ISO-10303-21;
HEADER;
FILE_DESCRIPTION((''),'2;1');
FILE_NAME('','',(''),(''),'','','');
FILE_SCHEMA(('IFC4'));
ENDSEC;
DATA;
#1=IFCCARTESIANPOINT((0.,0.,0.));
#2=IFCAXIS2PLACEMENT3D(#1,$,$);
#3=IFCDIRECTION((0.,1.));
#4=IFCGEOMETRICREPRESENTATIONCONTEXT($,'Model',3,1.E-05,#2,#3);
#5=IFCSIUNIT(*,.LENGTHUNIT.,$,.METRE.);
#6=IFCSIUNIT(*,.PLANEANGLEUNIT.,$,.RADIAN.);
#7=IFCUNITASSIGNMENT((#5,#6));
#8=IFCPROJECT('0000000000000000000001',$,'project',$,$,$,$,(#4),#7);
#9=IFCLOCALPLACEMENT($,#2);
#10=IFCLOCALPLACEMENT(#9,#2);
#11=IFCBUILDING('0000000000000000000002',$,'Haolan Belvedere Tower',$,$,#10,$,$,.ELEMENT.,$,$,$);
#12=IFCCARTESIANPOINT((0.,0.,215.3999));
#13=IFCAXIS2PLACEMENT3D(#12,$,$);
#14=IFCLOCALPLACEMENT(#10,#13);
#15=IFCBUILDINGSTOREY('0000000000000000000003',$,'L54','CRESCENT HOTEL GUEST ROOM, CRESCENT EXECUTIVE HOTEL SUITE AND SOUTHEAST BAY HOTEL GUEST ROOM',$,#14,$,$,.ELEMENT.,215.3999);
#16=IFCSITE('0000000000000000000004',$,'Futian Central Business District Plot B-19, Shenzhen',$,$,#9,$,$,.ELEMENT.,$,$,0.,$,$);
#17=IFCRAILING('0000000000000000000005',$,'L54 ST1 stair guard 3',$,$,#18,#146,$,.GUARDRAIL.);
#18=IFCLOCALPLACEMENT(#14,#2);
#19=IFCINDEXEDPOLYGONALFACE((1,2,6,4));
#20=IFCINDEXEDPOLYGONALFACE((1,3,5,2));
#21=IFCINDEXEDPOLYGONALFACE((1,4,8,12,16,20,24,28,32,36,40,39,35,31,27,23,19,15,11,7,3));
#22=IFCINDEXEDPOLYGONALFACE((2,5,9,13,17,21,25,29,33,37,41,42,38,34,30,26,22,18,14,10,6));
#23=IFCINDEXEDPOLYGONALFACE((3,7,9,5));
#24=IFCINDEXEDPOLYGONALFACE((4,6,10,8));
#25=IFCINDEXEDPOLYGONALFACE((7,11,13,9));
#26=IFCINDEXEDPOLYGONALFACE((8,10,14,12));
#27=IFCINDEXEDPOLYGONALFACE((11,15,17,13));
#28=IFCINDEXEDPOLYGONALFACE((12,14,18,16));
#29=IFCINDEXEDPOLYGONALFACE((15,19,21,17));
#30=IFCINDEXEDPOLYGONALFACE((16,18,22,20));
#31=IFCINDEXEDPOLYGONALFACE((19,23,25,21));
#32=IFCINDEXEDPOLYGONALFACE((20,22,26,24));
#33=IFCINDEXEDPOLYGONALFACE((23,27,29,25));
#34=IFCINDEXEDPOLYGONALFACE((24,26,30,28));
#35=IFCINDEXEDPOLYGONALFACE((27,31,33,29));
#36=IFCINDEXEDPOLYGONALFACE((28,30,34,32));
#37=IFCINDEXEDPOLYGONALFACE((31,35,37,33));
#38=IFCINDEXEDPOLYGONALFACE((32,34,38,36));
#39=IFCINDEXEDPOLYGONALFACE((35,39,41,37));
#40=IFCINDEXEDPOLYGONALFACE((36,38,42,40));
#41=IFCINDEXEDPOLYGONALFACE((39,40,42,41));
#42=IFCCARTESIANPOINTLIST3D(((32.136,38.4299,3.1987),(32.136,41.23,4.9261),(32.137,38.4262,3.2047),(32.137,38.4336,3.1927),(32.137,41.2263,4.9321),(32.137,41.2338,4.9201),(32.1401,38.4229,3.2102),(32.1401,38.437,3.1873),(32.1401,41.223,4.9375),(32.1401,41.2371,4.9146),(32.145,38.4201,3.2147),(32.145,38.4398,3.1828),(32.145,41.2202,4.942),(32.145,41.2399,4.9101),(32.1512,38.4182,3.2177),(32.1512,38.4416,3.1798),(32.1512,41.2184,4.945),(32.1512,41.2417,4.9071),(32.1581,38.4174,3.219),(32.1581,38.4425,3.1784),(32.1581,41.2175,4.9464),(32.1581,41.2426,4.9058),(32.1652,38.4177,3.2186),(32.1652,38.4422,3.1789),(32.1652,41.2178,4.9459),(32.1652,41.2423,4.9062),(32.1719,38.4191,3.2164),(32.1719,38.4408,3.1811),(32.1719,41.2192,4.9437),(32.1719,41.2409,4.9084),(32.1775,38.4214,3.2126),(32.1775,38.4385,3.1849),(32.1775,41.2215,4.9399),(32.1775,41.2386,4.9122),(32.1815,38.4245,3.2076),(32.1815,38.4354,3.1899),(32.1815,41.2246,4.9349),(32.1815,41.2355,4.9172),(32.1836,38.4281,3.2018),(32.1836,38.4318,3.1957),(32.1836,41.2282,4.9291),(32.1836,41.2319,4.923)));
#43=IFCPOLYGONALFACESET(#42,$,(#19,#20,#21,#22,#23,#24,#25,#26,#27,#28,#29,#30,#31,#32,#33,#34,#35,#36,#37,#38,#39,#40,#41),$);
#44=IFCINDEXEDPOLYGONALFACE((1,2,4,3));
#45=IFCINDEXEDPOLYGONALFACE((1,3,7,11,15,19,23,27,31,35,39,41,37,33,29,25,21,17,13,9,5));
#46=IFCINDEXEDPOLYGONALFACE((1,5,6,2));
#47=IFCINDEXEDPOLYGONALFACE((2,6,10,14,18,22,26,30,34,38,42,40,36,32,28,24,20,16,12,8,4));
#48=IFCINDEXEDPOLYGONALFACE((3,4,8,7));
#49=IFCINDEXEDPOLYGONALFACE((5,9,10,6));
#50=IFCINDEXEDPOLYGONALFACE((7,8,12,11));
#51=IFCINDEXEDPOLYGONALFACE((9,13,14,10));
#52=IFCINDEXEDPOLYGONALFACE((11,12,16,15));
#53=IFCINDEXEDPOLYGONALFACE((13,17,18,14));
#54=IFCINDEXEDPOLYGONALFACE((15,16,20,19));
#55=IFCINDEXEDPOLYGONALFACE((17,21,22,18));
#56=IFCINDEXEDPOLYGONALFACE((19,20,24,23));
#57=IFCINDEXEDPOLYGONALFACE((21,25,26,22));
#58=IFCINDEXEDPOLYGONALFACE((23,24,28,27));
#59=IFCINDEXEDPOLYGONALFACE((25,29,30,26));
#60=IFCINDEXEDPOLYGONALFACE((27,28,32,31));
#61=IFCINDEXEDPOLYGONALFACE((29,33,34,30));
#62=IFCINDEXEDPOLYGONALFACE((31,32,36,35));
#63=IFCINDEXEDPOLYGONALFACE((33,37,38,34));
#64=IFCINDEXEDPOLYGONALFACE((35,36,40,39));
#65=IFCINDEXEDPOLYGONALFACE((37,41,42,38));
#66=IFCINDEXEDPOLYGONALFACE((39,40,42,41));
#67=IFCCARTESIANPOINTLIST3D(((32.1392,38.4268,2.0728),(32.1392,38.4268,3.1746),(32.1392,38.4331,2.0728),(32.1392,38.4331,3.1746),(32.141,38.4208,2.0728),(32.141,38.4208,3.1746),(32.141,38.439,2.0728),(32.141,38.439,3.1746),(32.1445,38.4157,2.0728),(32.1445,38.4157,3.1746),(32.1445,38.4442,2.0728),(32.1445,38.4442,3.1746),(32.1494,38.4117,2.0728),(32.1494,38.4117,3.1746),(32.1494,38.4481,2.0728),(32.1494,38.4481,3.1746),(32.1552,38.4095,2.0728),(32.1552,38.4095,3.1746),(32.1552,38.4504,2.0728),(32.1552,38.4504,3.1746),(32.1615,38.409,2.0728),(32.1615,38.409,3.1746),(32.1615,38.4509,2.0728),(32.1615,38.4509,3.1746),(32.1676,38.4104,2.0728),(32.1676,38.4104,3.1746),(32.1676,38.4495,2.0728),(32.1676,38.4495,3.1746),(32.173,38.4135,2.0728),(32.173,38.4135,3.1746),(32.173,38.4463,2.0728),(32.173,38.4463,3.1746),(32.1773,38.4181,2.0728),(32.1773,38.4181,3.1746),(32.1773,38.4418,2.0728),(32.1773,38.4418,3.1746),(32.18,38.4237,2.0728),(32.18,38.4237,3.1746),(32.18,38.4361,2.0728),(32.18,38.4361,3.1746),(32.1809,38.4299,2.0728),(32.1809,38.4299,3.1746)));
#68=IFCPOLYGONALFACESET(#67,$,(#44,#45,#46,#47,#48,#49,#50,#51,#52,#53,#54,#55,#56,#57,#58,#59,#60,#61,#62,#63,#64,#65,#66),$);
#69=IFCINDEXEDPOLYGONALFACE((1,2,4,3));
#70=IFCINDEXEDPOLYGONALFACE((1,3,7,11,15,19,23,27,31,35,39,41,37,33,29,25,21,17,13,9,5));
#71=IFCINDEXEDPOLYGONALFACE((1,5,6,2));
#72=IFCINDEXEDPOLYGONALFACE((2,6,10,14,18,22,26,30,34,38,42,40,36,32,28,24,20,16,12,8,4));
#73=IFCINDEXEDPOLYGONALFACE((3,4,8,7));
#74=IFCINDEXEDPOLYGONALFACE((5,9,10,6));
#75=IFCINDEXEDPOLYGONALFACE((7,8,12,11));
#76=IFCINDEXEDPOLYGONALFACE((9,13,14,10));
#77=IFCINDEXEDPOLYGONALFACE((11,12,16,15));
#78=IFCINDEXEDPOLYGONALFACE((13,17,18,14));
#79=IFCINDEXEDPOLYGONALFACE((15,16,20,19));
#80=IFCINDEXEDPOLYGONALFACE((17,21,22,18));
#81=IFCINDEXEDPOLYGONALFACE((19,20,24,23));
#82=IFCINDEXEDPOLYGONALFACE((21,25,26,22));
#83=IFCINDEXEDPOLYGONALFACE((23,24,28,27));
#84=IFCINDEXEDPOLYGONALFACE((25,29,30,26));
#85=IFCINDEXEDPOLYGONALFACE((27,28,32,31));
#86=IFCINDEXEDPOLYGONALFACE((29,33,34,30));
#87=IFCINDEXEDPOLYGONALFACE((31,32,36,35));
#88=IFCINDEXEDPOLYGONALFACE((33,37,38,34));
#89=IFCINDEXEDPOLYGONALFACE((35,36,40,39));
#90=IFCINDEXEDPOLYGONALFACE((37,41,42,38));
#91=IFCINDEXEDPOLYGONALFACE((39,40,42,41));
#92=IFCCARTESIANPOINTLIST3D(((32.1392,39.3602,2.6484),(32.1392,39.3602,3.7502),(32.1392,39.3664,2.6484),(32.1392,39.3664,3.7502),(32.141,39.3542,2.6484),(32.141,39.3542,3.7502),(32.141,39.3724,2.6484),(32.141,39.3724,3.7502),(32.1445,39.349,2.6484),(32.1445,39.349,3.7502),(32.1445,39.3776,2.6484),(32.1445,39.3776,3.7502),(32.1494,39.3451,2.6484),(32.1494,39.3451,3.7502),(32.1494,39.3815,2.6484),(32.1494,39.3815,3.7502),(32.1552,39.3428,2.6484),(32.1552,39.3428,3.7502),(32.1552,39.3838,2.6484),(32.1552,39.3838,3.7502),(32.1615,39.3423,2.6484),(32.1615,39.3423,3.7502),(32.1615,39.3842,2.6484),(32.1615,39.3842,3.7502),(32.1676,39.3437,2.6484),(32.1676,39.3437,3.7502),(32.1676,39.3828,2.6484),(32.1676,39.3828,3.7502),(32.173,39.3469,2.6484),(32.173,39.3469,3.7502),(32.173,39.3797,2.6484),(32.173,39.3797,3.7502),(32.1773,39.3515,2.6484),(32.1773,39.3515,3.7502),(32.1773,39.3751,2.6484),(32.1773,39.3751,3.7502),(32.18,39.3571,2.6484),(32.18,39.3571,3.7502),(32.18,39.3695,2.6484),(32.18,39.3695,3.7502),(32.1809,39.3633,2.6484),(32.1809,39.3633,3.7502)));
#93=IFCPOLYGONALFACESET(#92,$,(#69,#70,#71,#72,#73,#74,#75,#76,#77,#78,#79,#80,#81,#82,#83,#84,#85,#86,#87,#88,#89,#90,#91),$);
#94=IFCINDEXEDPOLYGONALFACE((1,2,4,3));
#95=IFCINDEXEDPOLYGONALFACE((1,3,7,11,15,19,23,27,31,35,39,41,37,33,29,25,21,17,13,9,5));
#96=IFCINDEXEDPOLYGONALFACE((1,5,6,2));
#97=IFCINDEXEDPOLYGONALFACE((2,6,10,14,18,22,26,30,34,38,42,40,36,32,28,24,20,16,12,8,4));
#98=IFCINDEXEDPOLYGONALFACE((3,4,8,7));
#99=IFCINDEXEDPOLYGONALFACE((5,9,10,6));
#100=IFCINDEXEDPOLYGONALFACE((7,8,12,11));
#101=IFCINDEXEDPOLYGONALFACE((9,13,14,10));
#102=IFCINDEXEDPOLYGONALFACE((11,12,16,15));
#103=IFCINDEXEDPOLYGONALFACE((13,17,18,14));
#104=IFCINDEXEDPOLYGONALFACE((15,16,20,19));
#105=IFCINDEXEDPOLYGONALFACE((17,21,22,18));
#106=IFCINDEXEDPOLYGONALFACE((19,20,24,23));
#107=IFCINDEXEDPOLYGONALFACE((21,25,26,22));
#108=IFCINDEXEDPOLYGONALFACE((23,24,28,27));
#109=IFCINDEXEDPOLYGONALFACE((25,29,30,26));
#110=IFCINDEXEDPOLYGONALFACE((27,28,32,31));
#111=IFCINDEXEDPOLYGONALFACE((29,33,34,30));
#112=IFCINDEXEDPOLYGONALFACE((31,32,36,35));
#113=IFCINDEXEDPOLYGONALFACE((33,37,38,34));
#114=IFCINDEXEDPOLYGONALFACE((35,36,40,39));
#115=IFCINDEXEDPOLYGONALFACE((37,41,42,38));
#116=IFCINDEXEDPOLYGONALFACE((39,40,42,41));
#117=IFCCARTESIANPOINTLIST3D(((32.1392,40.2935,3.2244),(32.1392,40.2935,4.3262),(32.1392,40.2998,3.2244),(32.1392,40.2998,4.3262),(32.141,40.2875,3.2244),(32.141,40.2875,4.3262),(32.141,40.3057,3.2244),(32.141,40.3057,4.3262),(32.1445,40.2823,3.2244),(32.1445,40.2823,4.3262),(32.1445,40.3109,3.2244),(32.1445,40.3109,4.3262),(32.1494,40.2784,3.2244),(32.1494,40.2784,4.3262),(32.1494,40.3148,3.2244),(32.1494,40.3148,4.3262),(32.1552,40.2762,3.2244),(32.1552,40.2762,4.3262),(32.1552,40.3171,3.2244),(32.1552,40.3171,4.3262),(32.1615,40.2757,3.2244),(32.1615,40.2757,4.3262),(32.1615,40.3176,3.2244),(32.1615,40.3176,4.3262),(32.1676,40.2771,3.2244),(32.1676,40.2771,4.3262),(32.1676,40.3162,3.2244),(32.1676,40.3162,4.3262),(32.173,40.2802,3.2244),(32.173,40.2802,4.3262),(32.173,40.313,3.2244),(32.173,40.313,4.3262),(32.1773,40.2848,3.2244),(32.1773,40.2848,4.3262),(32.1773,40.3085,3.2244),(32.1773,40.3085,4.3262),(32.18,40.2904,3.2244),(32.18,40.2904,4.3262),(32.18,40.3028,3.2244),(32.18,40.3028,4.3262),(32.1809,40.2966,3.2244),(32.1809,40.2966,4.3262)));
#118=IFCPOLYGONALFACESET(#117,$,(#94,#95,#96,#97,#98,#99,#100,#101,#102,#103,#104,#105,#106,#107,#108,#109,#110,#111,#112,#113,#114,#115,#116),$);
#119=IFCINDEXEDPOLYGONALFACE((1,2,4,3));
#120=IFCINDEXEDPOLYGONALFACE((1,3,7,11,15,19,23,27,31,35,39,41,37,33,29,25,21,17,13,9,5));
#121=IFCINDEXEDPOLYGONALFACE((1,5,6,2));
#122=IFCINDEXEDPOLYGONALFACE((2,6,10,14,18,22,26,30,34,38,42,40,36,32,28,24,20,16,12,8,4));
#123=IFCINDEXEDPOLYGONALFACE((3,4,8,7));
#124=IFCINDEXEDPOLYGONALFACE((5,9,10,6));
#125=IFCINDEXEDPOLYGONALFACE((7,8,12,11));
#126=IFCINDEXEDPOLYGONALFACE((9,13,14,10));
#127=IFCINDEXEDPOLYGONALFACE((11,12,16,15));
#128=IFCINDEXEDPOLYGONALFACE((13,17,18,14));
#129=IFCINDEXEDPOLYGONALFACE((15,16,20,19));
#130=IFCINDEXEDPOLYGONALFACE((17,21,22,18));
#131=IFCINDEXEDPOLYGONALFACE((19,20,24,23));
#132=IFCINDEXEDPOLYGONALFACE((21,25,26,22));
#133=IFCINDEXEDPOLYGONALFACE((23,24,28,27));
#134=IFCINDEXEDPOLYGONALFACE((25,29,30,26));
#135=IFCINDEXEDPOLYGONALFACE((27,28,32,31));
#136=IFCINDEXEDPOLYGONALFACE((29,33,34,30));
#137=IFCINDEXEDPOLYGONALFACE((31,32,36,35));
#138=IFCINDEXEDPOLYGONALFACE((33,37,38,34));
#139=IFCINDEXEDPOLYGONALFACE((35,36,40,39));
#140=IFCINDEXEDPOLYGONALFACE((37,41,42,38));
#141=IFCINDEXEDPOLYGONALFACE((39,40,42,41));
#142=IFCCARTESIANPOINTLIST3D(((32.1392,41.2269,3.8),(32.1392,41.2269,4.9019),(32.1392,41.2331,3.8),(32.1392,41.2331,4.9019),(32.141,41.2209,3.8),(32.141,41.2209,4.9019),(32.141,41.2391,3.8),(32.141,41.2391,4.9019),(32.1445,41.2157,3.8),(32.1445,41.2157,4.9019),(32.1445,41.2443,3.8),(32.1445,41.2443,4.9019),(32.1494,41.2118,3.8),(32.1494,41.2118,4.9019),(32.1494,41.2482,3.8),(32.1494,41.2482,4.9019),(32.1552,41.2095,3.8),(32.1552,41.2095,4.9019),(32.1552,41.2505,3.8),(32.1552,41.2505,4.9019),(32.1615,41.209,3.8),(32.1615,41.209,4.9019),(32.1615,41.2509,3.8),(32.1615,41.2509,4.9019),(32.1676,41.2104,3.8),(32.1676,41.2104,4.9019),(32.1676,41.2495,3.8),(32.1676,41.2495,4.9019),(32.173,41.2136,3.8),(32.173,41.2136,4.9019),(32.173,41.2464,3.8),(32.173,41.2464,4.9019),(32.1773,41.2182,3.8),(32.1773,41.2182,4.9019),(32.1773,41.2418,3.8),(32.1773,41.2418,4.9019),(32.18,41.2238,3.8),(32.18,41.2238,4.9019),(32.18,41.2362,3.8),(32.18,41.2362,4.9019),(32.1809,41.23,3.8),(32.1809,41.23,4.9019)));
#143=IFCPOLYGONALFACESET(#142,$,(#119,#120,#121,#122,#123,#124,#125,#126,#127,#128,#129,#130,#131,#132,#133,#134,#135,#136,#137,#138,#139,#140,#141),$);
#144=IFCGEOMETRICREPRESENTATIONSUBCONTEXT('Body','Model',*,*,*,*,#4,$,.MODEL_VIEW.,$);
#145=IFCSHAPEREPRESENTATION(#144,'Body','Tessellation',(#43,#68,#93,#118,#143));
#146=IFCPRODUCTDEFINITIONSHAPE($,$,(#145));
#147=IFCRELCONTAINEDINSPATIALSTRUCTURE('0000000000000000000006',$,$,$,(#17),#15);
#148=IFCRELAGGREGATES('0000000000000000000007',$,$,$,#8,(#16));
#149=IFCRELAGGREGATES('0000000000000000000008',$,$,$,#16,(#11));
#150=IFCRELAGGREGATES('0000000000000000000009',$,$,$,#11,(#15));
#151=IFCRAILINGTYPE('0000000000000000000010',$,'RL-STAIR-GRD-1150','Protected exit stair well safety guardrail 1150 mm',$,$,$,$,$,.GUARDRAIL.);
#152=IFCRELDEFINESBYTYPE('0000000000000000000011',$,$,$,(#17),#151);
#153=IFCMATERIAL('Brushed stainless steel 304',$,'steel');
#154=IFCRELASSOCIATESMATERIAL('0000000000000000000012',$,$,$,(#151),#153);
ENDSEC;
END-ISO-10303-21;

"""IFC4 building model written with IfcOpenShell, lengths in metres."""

from ifc_helpers import new_model, si_unit, direction, frame, origin, origin_2d, place, context, subcontext, project, spatial, circle, extrude, material, type_object, element, save


model = new_model("IFC4")

# Units and contexts
model_context = context("Model", 3, precision=1e-05, world=origin(), true_north=direction((0.0, 1.0)))
body_context = subcontext(model_context, "Body", "Model", "MODEL_VIEW")
ifc_project = project(units=[si_unit("LENGTHUNIT", "METRE"), si_unit("PLANEANGLEUNIT", "RADIAN")], contexts=[model_context])

# Site, building, storey
site_placement = place(None, origin())
site = spatial("IfcSite", under=ifc_project, at=site_placement, Name="Futian Central Business District Plot B-19, Shenzhen", CompositionType="ELEMENT", RefElevation=0.0)
building_placement = place(site_placement, origin())
building = spatial("IfcBuilding", under=site, at=building_placement, Name="Haolan Belvedere Tower", CompositionType="ELEMENT")
storey_placement = place(building_placement, frame((0.0, 0.0, 215.3999)))
storey = spatial("IfcBuildingStorey", under=building, at=storey_placement, Name="L54", Description="CRESCENT HOTEL GUEST ROOM, CRESCENT EXECUTIVE HOTEL SUITE AND SOUTHEAST BAY HOTEL GUEST ROOM", CompositionType="ELEMENT", Elevation=215.3999)

# Railing
ifc_material_1 = material(Name="Brushed stainless steel 304", Category="steel")
railing_type_1 = type_object("IfcRailingType", Name="RL-STAIR-GRD-1150", Description="Protected exit stair well safety guardrail 1150 mm", PredefinedType="GUARDRAIL", material=ifc_material_1)
railing_1_placement = place(storey_placement, frame((32.1599, 38.4299, 2.0728)))
element("IfcRailing", 1, at=railing_1_placement, inside=storey, type_object=railing_type_1, Name="L54 ST1 stair guard 3", PredefinedType="GUARDRAIL", context=body_context, shape_type="SweptSolid", body=[
    extrude(circle(Radius=0.0239, at=origin_2d()), frame((0.0, 0.0, 1.126), z_axis=(0.0, 0.85109, 0.52502), x_axis=(-1.0, 0.0, 0.0)), (0.0, 0.0, 1.0), 3.29),
    extrude(circle(Radius=0.021, at=origin_2d()), origin(), (0.0, 0.0, 1.0), 1.1018),
    extrude(circle(Radius=0.021, at=origin_2d()), frame((0.0, 0.9333, 0.5757)), (0.0, 0.0, 1.0), 1.1018),
    extrude(circle(Radius=0.021, at=origin_2d()), frame((0.0, 1.8667, 1.1516)), (0.0, 0.0, 1.0), 1.1018),
    extrude(circle(Radius=0.021, at=origin_2d()), frame((0.0, 2.8, 1.7273)), (0.0, 0.0, 1.0), 1.1018),
])

save(model, "model.ifc")
